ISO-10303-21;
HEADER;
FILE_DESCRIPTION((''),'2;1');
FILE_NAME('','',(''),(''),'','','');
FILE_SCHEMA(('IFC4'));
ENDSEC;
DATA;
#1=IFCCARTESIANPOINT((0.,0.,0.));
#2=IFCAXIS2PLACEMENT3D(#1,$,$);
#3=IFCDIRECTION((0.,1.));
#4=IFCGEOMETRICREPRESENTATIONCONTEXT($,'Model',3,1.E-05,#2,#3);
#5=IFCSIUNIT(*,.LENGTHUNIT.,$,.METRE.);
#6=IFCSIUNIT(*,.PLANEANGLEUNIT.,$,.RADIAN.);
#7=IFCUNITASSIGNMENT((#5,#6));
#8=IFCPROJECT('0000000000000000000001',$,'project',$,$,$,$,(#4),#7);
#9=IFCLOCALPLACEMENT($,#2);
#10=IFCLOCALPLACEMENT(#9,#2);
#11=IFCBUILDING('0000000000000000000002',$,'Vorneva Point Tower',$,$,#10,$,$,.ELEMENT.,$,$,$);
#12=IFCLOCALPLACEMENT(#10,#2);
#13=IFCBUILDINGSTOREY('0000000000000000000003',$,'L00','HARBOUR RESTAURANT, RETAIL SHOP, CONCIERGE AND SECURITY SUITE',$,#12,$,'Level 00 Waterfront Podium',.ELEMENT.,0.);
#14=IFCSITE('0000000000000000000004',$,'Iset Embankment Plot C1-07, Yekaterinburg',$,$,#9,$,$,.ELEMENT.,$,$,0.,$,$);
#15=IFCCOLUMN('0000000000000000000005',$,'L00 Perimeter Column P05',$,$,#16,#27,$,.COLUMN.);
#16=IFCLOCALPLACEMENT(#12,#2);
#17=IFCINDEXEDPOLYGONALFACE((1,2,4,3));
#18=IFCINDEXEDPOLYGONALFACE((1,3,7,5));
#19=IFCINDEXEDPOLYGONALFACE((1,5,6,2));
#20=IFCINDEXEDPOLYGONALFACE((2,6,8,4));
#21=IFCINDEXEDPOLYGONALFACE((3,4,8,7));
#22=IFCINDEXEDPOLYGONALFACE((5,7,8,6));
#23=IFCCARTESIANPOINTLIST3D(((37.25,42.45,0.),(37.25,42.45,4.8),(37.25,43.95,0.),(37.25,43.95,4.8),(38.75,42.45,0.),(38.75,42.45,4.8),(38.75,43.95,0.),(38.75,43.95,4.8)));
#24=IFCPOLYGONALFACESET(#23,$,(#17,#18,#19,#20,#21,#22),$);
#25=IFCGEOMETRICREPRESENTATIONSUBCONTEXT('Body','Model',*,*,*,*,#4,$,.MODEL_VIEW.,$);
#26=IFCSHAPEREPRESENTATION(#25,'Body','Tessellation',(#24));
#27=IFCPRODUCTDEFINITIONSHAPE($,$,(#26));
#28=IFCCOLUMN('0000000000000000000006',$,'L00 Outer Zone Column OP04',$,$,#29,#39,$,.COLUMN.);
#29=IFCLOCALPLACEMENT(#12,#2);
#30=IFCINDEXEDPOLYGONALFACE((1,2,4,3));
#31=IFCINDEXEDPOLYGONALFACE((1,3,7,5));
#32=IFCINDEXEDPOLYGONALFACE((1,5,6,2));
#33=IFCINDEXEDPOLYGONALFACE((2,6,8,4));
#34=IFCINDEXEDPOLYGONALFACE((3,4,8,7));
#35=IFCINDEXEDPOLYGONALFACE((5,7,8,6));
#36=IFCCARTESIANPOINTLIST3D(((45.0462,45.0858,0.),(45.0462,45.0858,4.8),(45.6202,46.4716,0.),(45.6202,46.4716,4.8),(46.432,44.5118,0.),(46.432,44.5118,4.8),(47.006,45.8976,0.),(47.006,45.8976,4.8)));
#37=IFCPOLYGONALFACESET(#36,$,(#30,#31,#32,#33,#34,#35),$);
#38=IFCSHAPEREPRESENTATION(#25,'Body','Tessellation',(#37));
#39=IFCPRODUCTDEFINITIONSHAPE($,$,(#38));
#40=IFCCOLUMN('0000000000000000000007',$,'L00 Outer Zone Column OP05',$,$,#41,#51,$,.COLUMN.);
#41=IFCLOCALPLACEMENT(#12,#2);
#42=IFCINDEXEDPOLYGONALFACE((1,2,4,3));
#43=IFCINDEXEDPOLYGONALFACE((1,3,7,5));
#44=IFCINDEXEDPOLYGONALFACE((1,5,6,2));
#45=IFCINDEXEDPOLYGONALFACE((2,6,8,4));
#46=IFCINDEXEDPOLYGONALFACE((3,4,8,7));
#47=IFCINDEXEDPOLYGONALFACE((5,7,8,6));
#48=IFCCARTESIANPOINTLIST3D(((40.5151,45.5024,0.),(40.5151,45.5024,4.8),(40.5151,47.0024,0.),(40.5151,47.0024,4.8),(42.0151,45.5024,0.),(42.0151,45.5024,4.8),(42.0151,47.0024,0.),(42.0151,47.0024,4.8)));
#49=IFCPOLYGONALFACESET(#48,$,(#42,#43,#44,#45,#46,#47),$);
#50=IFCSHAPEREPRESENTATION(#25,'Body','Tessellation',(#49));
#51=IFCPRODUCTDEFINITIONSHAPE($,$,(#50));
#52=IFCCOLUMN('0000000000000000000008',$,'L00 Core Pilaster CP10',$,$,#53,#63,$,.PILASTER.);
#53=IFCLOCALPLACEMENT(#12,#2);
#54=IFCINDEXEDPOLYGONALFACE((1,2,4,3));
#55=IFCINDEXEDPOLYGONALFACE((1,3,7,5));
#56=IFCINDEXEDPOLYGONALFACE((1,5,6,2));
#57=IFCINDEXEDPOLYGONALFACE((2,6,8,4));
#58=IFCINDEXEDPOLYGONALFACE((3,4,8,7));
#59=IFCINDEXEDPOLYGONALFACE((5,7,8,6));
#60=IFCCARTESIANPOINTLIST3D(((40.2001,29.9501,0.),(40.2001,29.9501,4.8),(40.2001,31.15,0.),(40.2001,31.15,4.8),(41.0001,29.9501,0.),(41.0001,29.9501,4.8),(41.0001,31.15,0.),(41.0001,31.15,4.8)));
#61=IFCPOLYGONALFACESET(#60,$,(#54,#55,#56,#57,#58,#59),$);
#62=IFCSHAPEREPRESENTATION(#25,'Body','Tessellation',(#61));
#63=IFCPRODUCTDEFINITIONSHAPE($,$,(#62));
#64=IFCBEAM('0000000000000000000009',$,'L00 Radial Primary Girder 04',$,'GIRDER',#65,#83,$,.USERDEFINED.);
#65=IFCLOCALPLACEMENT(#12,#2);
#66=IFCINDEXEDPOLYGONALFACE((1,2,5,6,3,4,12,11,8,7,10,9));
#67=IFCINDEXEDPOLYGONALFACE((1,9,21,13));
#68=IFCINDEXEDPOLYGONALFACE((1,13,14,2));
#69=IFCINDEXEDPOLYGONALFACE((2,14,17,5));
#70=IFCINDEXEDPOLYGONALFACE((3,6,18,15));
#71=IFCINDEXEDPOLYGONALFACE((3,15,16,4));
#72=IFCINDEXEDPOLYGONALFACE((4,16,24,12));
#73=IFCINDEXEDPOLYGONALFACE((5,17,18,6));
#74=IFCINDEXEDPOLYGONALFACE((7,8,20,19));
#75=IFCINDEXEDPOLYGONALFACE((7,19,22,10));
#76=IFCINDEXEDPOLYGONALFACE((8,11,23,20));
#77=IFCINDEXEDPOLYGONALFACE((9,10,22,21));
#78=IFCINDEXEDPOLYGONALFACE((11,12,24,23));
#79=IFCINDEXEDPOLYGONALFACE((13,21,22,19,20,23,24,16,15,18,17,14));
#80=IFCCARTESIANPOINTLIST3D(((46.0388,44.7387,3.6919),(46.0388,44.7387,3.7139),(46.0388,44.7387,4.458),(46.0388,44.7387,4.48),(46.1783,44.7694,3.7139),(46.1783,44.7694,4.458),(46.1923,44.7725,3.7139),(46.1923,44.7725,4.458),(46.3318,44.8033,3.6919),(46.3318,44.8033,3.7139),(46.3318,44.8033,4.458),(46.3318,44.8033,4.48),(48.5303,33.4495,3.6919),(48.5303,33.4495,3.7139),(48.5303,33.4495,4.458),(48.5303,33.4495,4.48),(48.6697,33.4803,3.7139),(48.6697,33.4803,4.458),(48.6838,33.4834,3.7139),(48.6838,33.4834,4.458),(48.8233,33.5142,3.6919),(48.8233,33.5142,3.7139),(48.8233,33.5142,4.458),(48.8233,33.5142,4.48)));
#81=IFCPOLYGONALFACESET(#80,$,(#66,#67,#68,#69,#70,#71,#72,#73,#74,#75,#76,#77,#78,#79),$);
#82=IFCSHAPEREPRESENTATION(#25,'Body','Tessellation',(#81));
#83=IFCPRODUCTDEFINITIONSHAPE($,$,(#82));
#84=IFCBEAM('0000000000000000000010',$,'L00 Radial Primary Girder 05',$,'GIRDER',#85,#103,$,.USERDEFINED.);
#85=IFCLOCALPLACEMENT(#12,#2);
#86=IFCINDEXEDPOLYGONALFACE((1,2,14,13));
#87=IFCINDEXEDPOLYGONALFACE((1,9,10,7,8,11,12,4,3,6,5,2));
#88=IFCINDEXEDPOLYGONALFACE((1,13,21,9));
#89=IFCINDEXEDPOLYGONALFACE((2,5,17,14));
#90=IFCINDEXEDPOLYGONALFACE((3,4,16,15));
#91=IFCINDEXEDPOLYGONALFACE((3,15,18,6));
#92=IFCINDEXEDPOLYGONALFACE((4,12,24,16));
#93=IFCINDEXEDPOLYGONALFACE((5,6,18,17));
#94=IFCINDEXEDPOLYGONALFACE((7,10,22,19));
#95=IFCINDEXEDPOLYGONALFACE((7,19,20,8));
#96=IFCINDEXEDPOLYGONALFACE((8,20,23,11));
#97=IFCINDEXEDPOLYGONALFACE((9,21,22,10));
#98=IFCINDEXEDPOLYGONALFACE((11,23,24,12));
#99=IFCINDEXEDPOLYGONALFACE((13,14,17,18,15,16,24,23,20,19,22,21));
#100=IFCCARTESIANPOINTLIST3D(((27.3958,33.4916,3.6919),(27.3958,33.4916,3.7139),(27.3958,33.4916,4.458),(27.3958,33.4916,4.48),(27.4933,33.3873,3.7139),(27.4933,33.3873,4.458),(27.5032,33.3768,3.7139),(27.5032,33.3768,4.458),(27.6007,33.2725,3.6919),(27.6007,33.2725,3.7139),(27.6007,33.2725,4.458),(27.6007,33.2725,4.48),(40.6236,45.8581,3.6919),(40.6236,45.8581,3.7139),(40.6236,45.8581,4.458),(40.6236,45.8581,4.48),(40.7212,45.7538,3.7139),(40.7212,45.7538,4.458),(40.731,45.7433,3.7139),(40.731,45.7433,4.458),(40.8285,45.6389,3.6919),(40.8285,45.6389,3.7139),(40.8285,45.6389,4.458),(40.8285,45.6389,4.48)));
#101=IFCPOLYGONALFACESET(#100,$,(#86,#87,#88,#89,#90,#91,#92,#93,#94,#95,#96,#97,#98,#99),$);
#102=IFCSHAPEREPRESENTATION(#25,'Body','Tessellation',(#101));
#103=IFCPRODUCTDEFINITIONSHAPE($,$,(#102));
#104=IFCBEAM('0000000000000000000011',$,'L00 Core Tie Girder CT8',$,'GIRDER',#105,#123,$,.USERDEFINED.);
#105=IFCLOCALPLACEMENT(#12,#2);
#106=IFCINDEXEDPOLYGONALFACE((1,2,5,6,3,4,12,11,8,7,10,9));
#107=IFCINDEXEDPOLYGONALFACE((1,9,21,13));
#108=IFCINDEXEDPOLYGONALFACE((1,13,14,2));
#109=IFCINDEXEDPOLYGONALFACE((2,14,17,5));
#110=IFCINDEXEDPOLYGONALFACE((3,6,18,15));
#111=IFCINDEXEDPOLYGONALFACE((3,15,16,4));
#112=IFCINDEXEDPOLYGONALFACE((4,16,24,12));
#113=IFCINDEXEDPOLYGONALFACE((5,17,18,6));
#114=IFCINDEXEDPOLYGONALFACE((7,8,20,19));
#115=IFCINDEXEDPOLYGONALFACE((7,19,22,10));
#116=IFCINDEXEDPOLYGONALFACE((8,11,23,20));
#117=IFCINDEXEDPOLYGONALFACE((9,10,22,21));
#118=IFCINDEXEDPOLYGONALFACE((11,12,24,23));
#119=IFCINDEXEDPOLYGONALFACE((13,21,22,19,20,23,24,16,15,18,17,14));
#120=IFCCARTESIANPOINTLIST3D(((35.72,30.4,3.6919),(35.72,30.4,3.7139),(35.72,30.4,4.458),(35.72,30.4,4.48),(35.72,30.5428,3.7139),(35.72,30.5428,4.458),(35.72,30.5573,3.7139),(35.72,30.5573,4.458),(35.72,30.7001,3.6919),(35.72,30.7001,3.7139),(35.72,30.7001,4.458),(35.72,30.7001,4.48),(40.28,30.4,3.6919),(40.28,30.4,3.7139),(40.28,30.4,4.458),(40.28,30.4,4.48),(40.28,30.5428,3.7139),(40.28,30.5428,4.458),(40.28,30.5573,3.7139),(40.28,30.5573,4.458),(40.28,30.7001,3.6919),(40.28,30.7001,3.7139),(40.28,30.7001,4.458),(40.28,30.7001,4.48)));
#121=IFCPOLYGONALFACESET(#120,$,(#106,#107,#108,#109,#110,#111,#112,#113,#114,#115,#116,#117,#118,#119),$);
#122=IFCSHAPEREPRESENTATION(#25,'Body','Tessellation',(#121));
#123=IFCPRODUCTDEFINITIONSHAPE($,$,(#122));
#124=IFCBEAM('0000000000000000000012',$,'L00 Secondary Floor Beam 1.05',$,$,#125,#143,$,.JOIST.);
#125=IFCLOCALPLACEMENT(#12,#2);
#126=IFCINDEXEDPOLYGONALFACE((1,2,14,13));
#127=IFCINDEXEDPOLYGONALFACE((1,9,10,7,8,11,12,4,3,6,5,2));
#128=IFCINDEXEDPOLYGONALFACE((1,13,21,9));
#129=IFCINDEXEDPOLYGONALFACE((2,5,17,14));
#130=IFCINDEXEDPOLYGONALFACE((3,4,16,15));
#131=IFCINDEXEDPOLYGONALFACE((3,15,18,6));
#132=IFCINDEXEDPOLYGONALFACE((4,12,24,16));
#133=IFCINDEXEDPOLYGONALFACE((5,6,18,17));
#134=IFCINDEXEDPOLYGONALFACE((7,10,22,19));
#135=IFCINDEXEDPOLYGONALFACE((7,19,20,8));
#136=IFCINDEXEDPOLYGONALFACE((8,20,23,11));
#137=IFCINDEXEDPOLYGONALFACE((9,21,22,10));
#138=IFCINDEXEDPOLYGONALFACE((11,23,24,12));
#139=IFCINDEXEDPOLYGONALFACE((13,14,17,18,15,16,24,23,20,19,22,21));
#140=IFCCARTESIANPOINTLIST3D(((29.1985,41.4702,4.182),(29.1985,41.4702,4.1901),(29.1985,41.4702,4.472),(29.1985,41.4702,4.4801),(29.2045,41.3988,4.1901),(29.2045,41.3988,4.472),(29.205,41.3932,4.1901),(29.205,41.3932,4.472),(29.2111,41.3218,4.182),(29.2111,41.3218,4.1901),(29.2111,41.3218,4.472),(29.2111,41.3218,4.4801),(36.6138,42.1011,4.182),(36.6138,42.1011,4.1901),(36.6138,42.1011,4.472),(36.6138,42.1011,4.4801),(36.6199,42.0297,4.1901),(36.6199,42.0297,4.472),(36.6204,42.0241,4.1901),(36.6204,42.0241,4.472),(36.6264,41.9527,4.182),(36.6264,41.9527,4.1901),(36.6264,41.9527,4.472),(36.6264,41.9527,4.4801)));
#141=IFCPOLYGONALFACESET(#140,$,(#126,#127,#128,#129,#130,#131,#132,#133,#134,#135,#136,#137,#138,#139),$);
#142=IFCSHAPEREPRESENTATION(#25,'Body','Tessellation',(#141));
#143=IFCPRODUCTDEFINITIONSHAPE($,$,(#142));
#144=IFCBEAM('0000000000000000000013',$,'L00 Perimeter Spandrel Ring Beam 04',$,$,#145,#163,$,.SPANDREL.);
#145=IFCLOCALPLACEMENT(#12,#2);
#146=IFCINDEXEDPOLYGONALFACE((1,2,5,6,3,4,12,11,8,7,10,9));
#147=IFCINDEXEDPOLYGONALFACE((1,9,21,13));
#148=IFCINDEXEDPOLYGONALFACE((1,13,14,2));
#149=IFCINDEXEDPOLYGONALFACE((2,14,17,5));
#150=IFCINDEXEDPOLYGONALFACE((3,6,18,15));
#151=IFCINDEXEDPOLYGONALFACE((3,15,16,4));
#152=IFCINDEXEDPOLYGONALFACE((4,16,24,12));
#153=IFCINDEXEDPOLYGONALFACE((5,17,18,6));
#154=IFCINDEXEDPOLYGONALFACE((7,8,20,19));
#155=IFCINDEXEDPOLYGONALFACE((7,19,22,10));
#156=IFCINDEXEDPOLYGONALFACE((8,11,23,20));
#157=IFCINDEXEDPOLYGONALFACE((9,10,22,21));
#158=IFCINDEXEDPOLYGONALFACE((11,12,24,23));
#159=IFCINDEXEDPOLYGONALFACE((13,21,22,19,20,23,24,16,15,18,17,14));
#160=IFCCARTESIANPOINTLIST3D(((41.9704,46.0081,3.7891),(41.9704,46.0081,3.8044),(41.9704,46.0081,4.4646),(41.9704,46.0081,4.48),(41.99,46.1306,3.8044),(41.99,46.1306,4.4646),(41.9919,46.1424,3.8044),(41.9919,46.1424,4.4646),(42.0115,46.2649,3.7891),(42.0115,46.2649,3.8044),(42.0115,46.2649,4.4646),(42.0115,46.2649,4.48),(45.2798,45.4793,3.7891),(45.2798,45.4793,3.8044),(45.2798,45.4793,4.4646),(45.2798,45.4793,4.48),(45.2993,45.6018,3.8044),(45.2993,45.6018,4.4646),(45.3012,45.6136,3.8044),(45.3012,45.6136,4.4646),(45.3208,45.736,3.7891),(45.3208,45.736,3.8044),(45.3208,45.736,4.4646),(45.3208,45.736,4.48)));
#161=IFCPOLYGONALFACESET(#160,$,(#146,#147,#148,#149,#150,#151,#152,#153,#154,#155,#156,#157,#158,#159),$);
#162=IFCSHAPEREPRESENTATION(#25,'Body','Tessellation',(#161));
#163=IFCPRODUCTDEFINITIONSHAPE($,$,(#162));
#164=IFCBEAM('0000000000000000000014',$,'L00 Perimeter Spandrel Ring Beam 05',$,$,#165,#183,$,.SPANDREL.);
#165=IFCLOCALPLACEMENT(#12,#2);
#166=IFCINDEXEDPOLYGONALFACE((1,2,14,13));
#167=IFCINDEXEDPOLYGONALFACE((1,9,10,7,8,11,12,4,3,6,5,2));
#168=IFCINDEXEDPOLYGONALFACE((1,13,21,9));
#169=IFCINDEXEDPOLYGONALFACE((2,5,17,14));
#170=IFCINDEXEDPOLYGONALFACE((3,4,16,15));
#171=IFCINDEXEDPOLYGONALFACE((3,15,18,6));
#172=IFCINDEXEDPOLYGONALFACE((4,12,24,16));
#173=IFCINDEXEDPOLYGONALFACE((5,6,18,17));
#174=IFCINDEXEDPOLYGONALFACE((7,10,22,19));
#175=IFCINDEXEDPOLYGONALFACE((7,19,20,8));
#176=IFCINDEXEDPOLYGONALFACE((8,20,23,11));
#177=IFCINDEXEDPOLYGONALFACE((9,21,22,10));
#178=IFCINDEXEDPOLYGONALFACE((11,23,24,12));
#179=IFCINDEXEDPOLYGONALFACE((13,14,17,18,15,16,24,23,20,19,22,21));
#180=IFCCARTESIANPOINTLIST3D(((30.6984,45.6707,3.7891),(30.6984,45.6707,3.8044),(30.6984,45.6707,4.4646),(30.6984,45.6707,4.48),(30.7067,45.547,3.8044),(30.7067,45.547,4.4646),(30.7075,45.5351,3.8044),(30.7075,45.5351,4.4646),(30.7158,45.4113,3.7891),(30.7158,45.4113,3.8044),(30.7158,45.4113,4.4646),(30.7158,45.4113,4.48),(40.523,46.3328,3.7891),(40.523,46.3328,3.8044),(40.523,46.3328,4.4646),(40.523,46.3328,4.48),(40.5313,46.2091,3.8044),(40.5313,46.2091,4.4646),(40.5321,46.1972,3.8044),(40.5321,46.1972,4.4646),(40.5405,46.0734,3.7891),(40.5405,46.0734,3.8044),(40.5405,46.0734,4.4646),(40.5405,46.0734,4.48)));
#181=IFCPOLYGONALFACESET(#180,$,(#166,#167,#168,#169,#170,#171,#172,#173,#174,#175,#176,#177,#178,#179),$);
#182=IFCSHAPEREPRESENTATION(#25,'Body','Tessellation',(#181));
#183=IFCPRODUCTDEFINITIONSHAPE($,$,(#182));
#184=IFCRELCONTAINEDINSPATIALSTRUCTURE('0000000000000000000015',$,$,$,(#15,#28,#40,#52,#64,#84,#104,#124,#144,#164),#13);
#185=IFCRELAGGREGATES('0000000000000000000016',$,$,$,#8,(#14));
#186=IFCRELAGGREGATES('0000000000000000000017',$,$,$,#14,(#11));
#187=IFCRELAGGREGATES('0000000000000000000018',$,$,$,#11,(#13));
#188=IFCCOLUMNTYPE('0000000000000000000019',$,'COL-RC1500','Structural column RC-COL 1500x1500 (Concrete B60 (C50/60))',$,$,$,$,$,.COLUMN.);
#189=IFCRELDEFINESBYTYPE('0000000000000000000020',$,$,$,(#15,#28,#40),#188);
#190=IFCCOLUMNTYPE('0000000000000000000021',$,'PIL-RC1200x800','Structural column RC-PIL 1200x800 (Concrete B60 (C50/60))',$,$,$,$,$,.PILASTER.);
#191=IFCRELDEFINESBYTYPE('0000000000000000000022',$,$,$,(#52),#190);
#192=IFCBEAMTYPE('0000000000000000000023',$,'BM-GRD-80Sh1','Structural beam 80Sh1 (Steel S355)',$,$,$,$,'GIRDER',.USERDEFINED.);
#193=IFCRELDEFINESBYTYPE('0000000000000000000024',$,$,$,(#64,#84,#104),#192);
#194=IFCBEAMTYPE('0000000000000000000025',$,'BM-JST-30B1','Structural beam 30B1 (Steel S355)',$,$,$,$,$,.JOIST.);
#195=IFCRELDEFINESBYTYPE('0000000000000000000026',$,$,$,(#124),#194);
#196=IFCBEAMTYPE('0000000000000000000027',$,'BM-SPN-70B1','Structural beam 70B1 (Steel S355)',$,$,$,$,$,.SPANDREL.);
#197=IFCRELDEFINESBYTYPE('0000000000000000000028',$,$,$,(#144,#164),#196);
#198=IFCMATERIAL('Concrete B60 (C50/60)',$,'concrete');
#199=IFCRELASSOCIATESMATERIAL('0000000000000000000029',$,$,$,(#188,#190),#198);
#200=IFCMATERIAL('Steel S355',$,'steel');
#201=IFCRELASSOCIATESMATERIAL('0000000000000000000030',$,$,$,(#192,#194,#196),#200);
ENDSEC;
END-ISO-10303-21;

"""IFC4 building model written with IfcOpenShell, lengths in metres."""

from ifc_helpers import new_model, si_unit, direction, frame, origin, origin_2d, place, context, subcontext, project, spatial, rectangle, i_section, extrude, material, material_profile, profile_set, type_object, element, save


model = new_model("IFC4")

# Units and contexts
model_context = context("Model", 3, precision=1e-05, world=origin(), true_north=direction((0.0, 1.0)))
body_context = subcontext(model_context, "Body", "Model", "MODEL_VIEW")
ifc_project = project(units=[si_unit("LENGTHUNIT", "METRE"), si_unit("PLANEANGLEUNIT", "RADIAN")], contexts=[model_context])

# Site, building, storey
site_placement = place(None, origin())
site = spatial("IfcSite", under=ifc_project, at=site_placement, Name="Iset Embankment Plot C1-07, Yekaterinburg", CompositionType="ELEMENT", RefElevation=0.0)
building_placement = place(site_placement, origin())
building = spatial("IfcBuilding", under=site, at=building_placement, Name="Vorneva Point Tower", CompositionType="ELEMENT")
storey_placement = place(building_placement, origin())
storey = spatial("IfcBuildingStorey", under=building, at=storey_placement, Name="L00", Description="HARBOUR RESTAURANT, RETAIL SHOP, CONCIERGE AND SECURITY SUITE", LongName="Level 00 Waterfront Podium", CompositionType="ELEMENT", Elevation=0.0)

# Columns
ifc_material_1 = material(Name="Concrete B60 (C50/60)", Category="concrete")
ifc_material_profile_1 = material_profile(ifc_material_1, rectangle(XDim=1.5, YDim=1.5, at=origin_2d()), Name="RC-COL 1500x1500")
ifc_profile_set_1 = profile_set([ifc_material_profile_1], Name="Concrete B60 (C50/60)")
column_type_1 = type_object("IfcColumnType", Name="COL-RC1500", Description="Structural column RC-COL 1500x1500 (Concrete B60 (C50/60))", PredefinedType="COLUMN", material=ifc_profile_set_1)
for number, where, z_axis, x_axis, name in (
    (1, (38.0, 43.2, 0.0), (0.0, 0.0, 1.0), (0.0, 1.0, 0.0), "L00 Perimeter Column P05"),
    (2, (46.0261, 45.4917, 0.0), (0.0, 0.0, 1.0), (0.382683, 0.92388, 0.0), "L00 Outer Zone Column OP04"),
    (3, (41.2651, 46.2524, 0.0), (0.0, 0.0, 1.0), (0.0, 1.0, 0.0), "L00 Outer Zone Column OP05"),
):
    element("IfcColumn", number, at=place(storey_placement, frame(where, z_axis=z_axis, x_axis=x_axis)), inside=storey, type_object=column_type_1, Name=name, PredefinedType="COLUMN", context=body_context, shape_type="SweptSolid", body=[
        extrude(rectangle(XDim=1.5, YDim=1.5, at=origin_2d()), origin(), (0.0, 0.0, 1.0), 4.8),
    ])
ifc_material_profile_2 = material_profile(ifc_material_1, rectangle(XDim=0.8, YDim=1.2, at=origin_2d()), Name="RC-PIL 1200x800")
ifc_profile_set_2 = profile_set([ifc_material_profile_2], Name="Concrete B60 (C50/60)")
column_type_2 = type_object("IfcColumnType", Name="PIL-RC1200x800", Description="Structural column RC-PIL 1200x800 (Concrete B60 (C50/60))", PredefinedType="PILASTER", material=ifc_profile_set_2)
column_placement = place(storey_placement, frame((40.6001, 30.55, 0.0), z_axis=(0.0, 0.0, 1.0), x_axis=(1.0, 0.0, 0.0)))
element("IfcColumn", 4, at=column_placement, inside=storey, type_object=column_type_2, Name="L00 Core Pilaster CP10", PredefinedType="PILASTER", context=body_context, shape_type="SweptSolid", body=[
    extrude(rectangle(XDim=0.8, YDim=1.2, at=origin_2d()), origin(), (0.0, 0.0, 1.0), 4.8),
])

# Beams
ifc_material_2 = material(Name="Steel S355", Category="steel")
ifc_material_profile_3 = material_profile(ifc_material_2, i_section(OverallWidth=0.3, OverallDepth=0.7881, WebThickness=0.0144, FlangeThickness=0.022, at=origin_2d()), Name="80Sh1")
ifc_profile_set_3 = profile_set([ifc_material_profile_3], Name="Steel S355")
beam_type_1 = type_object("IfcBeamType", Name="BM-GRD-80Sh1", Description="Structural beam 80Sh1 (Steel S355)", ElementType="GIRDER", PredefinedType="USERDEFINED", material=ifc_profile_set_3)
beam_1_placement = place(storey_placement, frame((46.1853, 44.771, 4.0859), z_axis=(0.21551, -0.976502, 0.0), x_axis=(0.976502, 0.21551, 0.0)))
element("IfcBeam", 5, at=beam_1_placement, inside=storey, type_object=beam_type_1, Name="L00 Radial Primary Girder 04", ObjectType="GIRDER", PredefinedType="USERDEFINED", context=body_context, shape_type="SweptSolid", body=[
    extrude(i_section(OverallWidth=0.3, OverallDepth=0.7881, WebThickness=0.0144, FlangeThickness=0.022, at=origin_2d()), origin(), (0.0, 0.0, 1.0), 11.5608),
])
beam_2_placement = place(storey_placement, frame((40.7261, 45.7485, 4.0859), z_axis=(-0.73049, -0.682924, 0.0), x_axis=(0.682924, -0.73049, 0.0)))
element("IfcBeam", 6, at=beam_2_placement, inside=storey, type_object=beam_type_1, Name="L00 Radial Primary Girder 05", ObjectType="GIRDER", PredefinedType="USERDEFINED", context=body_context, shape_type="SweptSolid", body=[
    extrude(i_section(OverallWidth=0.3, OverallDepth=0.7881, WebThickness=0.0144, FlangeThickness=0.022, at=origin_2d()), origin(), (0.0, 0.0, 1.0), 18.1082),
])
beam_3_placement = place(storey_placement, frame((35.72, 30.55, 4.0859), z_axis=(1.0, 0.0, 0.0), x_axis=(0.0, 1.0, 0.0)))
element("IfcBeam", 7, at=beam_3_placement, inside=storey, type_object=beam_type_1, Name="L00 Core Tie Girder CT8", ObjectType="GIRDER", PredefinedType="USERDEFINED", context=body_context, shape_type="SweptSolid", body=[
    extrude(i_section(OverallWidth=0.3, OverallDepth=0.7881, WebThickness=0.0144, FlangeThickness=0.022, at=origin_2d()), origin(), (0.0, 0.0, 1.0), 4.5601),
])
ifc_material_profile_4 = material_profile(ifc_material_2, i_section(OverallWidth=0.1489, OverallDepth=0.2981, WebThickness=0.0056, FlangeThickness=0.0081, at=origin_2d()), Name="30B1")
ifc_profile_set_4 = profile_set([ifc_material_profile_4], Name="Steel S355")
beam_type_2 = type_object("IfcBeamType", Name="BM-JST-30B1", Description="Structural beam 30B1 (Steel S355)", PredefinedType="JOIST", material=ifc_profile_set_4)
beam_4_placement = place(storey_placement, frame((36.6201, 42.0269, 4.3311), z_axis=(-0.996401, -0.084769, 0.0), x_axis=(0.084769, -0.996401, 0.0)))
element("IfcBeam", 8, at=beam_4_placement, inside=storey, type_object=beam_type_2, Name="L00 Secondary Floor Beam 1.05", PredefinedType="JOIST", context=body_context, shape_type="SweptSolid", body=[
    extrude(i_section(OverallWidth=0.1489, OverallDepth=0.2981, WebThickness=0.0056, FlangeThickness=0.0081, at=origin_2d()), origin(), (0.0, 0.0, 1.0), 7.4421),
])
ifc_material_profile_5 = material_profile(ifc_material_2, i_section(OverallWidth=0.26, OverallDepth=0.6909, WebThickness=0.012, FlangeThickness=0.0154, at=origin_2d()), Name="70B1")
ifc_profile_set_5 = profile_set([ifc_material_profile_5], Name="Steel S355")
beam_type_3 = type_object("IfcBeamType", Name="BM-SPN-70B1", Description="Structural beam 70B1 (Steel S355)", PredefinedType="SPANDREL", material=ifc_profile_set_5)
beam_5_placement = place(storey_placement, frame((45.3003, 45.6077, 4.1345), z_axis=(-0.987472, 0.157792, 0.0), x_axis=(-0.157792, -0.987472, 0.0)))
element("IfcBeam", 9, at=beam_5_placement, inside=storey, type_object=beam_type_3, Name="L00 Perimeter Spandrel Ring Beam 04", PredefinedType="SPANDREL", context=body_context, shape_type="SweptSolid", body=[
    extrude(i_section(OverallWidth=0.26, OverallDepth=0.6909, WebThickness=0.012, FlangeThickness=0.0154, at=origin_2d()), origin(), (0.0, 0.0, 1.0), 3.3513),
])
beam_6_placement = place(storey_placement, frame((40.5317, 46.2031, 4.1345), z_axis=(-0.997737, -0.06724, 0.0), x_axis=(0.06724, -0.997737, 0.0)))
element("IfcBeam", 10, at=beam_6_placement, inside=storey, type_object=beam_type_3, Name="L00 Perimeter Spandrel Ring Beam 05", PredefinedType="SPANDREL", context=body_context, shape_type="SweptSolid", body=[
    extrude(i_section(OverallWidth=0.26, OverallDepth=0.6909, WebThickness=0.012, FlangeThickness=0.0154, at=origin_2d()), origin(), (0.0, 0.0, 1.0), 9.8469),
])

save(model, "model.ifc")
